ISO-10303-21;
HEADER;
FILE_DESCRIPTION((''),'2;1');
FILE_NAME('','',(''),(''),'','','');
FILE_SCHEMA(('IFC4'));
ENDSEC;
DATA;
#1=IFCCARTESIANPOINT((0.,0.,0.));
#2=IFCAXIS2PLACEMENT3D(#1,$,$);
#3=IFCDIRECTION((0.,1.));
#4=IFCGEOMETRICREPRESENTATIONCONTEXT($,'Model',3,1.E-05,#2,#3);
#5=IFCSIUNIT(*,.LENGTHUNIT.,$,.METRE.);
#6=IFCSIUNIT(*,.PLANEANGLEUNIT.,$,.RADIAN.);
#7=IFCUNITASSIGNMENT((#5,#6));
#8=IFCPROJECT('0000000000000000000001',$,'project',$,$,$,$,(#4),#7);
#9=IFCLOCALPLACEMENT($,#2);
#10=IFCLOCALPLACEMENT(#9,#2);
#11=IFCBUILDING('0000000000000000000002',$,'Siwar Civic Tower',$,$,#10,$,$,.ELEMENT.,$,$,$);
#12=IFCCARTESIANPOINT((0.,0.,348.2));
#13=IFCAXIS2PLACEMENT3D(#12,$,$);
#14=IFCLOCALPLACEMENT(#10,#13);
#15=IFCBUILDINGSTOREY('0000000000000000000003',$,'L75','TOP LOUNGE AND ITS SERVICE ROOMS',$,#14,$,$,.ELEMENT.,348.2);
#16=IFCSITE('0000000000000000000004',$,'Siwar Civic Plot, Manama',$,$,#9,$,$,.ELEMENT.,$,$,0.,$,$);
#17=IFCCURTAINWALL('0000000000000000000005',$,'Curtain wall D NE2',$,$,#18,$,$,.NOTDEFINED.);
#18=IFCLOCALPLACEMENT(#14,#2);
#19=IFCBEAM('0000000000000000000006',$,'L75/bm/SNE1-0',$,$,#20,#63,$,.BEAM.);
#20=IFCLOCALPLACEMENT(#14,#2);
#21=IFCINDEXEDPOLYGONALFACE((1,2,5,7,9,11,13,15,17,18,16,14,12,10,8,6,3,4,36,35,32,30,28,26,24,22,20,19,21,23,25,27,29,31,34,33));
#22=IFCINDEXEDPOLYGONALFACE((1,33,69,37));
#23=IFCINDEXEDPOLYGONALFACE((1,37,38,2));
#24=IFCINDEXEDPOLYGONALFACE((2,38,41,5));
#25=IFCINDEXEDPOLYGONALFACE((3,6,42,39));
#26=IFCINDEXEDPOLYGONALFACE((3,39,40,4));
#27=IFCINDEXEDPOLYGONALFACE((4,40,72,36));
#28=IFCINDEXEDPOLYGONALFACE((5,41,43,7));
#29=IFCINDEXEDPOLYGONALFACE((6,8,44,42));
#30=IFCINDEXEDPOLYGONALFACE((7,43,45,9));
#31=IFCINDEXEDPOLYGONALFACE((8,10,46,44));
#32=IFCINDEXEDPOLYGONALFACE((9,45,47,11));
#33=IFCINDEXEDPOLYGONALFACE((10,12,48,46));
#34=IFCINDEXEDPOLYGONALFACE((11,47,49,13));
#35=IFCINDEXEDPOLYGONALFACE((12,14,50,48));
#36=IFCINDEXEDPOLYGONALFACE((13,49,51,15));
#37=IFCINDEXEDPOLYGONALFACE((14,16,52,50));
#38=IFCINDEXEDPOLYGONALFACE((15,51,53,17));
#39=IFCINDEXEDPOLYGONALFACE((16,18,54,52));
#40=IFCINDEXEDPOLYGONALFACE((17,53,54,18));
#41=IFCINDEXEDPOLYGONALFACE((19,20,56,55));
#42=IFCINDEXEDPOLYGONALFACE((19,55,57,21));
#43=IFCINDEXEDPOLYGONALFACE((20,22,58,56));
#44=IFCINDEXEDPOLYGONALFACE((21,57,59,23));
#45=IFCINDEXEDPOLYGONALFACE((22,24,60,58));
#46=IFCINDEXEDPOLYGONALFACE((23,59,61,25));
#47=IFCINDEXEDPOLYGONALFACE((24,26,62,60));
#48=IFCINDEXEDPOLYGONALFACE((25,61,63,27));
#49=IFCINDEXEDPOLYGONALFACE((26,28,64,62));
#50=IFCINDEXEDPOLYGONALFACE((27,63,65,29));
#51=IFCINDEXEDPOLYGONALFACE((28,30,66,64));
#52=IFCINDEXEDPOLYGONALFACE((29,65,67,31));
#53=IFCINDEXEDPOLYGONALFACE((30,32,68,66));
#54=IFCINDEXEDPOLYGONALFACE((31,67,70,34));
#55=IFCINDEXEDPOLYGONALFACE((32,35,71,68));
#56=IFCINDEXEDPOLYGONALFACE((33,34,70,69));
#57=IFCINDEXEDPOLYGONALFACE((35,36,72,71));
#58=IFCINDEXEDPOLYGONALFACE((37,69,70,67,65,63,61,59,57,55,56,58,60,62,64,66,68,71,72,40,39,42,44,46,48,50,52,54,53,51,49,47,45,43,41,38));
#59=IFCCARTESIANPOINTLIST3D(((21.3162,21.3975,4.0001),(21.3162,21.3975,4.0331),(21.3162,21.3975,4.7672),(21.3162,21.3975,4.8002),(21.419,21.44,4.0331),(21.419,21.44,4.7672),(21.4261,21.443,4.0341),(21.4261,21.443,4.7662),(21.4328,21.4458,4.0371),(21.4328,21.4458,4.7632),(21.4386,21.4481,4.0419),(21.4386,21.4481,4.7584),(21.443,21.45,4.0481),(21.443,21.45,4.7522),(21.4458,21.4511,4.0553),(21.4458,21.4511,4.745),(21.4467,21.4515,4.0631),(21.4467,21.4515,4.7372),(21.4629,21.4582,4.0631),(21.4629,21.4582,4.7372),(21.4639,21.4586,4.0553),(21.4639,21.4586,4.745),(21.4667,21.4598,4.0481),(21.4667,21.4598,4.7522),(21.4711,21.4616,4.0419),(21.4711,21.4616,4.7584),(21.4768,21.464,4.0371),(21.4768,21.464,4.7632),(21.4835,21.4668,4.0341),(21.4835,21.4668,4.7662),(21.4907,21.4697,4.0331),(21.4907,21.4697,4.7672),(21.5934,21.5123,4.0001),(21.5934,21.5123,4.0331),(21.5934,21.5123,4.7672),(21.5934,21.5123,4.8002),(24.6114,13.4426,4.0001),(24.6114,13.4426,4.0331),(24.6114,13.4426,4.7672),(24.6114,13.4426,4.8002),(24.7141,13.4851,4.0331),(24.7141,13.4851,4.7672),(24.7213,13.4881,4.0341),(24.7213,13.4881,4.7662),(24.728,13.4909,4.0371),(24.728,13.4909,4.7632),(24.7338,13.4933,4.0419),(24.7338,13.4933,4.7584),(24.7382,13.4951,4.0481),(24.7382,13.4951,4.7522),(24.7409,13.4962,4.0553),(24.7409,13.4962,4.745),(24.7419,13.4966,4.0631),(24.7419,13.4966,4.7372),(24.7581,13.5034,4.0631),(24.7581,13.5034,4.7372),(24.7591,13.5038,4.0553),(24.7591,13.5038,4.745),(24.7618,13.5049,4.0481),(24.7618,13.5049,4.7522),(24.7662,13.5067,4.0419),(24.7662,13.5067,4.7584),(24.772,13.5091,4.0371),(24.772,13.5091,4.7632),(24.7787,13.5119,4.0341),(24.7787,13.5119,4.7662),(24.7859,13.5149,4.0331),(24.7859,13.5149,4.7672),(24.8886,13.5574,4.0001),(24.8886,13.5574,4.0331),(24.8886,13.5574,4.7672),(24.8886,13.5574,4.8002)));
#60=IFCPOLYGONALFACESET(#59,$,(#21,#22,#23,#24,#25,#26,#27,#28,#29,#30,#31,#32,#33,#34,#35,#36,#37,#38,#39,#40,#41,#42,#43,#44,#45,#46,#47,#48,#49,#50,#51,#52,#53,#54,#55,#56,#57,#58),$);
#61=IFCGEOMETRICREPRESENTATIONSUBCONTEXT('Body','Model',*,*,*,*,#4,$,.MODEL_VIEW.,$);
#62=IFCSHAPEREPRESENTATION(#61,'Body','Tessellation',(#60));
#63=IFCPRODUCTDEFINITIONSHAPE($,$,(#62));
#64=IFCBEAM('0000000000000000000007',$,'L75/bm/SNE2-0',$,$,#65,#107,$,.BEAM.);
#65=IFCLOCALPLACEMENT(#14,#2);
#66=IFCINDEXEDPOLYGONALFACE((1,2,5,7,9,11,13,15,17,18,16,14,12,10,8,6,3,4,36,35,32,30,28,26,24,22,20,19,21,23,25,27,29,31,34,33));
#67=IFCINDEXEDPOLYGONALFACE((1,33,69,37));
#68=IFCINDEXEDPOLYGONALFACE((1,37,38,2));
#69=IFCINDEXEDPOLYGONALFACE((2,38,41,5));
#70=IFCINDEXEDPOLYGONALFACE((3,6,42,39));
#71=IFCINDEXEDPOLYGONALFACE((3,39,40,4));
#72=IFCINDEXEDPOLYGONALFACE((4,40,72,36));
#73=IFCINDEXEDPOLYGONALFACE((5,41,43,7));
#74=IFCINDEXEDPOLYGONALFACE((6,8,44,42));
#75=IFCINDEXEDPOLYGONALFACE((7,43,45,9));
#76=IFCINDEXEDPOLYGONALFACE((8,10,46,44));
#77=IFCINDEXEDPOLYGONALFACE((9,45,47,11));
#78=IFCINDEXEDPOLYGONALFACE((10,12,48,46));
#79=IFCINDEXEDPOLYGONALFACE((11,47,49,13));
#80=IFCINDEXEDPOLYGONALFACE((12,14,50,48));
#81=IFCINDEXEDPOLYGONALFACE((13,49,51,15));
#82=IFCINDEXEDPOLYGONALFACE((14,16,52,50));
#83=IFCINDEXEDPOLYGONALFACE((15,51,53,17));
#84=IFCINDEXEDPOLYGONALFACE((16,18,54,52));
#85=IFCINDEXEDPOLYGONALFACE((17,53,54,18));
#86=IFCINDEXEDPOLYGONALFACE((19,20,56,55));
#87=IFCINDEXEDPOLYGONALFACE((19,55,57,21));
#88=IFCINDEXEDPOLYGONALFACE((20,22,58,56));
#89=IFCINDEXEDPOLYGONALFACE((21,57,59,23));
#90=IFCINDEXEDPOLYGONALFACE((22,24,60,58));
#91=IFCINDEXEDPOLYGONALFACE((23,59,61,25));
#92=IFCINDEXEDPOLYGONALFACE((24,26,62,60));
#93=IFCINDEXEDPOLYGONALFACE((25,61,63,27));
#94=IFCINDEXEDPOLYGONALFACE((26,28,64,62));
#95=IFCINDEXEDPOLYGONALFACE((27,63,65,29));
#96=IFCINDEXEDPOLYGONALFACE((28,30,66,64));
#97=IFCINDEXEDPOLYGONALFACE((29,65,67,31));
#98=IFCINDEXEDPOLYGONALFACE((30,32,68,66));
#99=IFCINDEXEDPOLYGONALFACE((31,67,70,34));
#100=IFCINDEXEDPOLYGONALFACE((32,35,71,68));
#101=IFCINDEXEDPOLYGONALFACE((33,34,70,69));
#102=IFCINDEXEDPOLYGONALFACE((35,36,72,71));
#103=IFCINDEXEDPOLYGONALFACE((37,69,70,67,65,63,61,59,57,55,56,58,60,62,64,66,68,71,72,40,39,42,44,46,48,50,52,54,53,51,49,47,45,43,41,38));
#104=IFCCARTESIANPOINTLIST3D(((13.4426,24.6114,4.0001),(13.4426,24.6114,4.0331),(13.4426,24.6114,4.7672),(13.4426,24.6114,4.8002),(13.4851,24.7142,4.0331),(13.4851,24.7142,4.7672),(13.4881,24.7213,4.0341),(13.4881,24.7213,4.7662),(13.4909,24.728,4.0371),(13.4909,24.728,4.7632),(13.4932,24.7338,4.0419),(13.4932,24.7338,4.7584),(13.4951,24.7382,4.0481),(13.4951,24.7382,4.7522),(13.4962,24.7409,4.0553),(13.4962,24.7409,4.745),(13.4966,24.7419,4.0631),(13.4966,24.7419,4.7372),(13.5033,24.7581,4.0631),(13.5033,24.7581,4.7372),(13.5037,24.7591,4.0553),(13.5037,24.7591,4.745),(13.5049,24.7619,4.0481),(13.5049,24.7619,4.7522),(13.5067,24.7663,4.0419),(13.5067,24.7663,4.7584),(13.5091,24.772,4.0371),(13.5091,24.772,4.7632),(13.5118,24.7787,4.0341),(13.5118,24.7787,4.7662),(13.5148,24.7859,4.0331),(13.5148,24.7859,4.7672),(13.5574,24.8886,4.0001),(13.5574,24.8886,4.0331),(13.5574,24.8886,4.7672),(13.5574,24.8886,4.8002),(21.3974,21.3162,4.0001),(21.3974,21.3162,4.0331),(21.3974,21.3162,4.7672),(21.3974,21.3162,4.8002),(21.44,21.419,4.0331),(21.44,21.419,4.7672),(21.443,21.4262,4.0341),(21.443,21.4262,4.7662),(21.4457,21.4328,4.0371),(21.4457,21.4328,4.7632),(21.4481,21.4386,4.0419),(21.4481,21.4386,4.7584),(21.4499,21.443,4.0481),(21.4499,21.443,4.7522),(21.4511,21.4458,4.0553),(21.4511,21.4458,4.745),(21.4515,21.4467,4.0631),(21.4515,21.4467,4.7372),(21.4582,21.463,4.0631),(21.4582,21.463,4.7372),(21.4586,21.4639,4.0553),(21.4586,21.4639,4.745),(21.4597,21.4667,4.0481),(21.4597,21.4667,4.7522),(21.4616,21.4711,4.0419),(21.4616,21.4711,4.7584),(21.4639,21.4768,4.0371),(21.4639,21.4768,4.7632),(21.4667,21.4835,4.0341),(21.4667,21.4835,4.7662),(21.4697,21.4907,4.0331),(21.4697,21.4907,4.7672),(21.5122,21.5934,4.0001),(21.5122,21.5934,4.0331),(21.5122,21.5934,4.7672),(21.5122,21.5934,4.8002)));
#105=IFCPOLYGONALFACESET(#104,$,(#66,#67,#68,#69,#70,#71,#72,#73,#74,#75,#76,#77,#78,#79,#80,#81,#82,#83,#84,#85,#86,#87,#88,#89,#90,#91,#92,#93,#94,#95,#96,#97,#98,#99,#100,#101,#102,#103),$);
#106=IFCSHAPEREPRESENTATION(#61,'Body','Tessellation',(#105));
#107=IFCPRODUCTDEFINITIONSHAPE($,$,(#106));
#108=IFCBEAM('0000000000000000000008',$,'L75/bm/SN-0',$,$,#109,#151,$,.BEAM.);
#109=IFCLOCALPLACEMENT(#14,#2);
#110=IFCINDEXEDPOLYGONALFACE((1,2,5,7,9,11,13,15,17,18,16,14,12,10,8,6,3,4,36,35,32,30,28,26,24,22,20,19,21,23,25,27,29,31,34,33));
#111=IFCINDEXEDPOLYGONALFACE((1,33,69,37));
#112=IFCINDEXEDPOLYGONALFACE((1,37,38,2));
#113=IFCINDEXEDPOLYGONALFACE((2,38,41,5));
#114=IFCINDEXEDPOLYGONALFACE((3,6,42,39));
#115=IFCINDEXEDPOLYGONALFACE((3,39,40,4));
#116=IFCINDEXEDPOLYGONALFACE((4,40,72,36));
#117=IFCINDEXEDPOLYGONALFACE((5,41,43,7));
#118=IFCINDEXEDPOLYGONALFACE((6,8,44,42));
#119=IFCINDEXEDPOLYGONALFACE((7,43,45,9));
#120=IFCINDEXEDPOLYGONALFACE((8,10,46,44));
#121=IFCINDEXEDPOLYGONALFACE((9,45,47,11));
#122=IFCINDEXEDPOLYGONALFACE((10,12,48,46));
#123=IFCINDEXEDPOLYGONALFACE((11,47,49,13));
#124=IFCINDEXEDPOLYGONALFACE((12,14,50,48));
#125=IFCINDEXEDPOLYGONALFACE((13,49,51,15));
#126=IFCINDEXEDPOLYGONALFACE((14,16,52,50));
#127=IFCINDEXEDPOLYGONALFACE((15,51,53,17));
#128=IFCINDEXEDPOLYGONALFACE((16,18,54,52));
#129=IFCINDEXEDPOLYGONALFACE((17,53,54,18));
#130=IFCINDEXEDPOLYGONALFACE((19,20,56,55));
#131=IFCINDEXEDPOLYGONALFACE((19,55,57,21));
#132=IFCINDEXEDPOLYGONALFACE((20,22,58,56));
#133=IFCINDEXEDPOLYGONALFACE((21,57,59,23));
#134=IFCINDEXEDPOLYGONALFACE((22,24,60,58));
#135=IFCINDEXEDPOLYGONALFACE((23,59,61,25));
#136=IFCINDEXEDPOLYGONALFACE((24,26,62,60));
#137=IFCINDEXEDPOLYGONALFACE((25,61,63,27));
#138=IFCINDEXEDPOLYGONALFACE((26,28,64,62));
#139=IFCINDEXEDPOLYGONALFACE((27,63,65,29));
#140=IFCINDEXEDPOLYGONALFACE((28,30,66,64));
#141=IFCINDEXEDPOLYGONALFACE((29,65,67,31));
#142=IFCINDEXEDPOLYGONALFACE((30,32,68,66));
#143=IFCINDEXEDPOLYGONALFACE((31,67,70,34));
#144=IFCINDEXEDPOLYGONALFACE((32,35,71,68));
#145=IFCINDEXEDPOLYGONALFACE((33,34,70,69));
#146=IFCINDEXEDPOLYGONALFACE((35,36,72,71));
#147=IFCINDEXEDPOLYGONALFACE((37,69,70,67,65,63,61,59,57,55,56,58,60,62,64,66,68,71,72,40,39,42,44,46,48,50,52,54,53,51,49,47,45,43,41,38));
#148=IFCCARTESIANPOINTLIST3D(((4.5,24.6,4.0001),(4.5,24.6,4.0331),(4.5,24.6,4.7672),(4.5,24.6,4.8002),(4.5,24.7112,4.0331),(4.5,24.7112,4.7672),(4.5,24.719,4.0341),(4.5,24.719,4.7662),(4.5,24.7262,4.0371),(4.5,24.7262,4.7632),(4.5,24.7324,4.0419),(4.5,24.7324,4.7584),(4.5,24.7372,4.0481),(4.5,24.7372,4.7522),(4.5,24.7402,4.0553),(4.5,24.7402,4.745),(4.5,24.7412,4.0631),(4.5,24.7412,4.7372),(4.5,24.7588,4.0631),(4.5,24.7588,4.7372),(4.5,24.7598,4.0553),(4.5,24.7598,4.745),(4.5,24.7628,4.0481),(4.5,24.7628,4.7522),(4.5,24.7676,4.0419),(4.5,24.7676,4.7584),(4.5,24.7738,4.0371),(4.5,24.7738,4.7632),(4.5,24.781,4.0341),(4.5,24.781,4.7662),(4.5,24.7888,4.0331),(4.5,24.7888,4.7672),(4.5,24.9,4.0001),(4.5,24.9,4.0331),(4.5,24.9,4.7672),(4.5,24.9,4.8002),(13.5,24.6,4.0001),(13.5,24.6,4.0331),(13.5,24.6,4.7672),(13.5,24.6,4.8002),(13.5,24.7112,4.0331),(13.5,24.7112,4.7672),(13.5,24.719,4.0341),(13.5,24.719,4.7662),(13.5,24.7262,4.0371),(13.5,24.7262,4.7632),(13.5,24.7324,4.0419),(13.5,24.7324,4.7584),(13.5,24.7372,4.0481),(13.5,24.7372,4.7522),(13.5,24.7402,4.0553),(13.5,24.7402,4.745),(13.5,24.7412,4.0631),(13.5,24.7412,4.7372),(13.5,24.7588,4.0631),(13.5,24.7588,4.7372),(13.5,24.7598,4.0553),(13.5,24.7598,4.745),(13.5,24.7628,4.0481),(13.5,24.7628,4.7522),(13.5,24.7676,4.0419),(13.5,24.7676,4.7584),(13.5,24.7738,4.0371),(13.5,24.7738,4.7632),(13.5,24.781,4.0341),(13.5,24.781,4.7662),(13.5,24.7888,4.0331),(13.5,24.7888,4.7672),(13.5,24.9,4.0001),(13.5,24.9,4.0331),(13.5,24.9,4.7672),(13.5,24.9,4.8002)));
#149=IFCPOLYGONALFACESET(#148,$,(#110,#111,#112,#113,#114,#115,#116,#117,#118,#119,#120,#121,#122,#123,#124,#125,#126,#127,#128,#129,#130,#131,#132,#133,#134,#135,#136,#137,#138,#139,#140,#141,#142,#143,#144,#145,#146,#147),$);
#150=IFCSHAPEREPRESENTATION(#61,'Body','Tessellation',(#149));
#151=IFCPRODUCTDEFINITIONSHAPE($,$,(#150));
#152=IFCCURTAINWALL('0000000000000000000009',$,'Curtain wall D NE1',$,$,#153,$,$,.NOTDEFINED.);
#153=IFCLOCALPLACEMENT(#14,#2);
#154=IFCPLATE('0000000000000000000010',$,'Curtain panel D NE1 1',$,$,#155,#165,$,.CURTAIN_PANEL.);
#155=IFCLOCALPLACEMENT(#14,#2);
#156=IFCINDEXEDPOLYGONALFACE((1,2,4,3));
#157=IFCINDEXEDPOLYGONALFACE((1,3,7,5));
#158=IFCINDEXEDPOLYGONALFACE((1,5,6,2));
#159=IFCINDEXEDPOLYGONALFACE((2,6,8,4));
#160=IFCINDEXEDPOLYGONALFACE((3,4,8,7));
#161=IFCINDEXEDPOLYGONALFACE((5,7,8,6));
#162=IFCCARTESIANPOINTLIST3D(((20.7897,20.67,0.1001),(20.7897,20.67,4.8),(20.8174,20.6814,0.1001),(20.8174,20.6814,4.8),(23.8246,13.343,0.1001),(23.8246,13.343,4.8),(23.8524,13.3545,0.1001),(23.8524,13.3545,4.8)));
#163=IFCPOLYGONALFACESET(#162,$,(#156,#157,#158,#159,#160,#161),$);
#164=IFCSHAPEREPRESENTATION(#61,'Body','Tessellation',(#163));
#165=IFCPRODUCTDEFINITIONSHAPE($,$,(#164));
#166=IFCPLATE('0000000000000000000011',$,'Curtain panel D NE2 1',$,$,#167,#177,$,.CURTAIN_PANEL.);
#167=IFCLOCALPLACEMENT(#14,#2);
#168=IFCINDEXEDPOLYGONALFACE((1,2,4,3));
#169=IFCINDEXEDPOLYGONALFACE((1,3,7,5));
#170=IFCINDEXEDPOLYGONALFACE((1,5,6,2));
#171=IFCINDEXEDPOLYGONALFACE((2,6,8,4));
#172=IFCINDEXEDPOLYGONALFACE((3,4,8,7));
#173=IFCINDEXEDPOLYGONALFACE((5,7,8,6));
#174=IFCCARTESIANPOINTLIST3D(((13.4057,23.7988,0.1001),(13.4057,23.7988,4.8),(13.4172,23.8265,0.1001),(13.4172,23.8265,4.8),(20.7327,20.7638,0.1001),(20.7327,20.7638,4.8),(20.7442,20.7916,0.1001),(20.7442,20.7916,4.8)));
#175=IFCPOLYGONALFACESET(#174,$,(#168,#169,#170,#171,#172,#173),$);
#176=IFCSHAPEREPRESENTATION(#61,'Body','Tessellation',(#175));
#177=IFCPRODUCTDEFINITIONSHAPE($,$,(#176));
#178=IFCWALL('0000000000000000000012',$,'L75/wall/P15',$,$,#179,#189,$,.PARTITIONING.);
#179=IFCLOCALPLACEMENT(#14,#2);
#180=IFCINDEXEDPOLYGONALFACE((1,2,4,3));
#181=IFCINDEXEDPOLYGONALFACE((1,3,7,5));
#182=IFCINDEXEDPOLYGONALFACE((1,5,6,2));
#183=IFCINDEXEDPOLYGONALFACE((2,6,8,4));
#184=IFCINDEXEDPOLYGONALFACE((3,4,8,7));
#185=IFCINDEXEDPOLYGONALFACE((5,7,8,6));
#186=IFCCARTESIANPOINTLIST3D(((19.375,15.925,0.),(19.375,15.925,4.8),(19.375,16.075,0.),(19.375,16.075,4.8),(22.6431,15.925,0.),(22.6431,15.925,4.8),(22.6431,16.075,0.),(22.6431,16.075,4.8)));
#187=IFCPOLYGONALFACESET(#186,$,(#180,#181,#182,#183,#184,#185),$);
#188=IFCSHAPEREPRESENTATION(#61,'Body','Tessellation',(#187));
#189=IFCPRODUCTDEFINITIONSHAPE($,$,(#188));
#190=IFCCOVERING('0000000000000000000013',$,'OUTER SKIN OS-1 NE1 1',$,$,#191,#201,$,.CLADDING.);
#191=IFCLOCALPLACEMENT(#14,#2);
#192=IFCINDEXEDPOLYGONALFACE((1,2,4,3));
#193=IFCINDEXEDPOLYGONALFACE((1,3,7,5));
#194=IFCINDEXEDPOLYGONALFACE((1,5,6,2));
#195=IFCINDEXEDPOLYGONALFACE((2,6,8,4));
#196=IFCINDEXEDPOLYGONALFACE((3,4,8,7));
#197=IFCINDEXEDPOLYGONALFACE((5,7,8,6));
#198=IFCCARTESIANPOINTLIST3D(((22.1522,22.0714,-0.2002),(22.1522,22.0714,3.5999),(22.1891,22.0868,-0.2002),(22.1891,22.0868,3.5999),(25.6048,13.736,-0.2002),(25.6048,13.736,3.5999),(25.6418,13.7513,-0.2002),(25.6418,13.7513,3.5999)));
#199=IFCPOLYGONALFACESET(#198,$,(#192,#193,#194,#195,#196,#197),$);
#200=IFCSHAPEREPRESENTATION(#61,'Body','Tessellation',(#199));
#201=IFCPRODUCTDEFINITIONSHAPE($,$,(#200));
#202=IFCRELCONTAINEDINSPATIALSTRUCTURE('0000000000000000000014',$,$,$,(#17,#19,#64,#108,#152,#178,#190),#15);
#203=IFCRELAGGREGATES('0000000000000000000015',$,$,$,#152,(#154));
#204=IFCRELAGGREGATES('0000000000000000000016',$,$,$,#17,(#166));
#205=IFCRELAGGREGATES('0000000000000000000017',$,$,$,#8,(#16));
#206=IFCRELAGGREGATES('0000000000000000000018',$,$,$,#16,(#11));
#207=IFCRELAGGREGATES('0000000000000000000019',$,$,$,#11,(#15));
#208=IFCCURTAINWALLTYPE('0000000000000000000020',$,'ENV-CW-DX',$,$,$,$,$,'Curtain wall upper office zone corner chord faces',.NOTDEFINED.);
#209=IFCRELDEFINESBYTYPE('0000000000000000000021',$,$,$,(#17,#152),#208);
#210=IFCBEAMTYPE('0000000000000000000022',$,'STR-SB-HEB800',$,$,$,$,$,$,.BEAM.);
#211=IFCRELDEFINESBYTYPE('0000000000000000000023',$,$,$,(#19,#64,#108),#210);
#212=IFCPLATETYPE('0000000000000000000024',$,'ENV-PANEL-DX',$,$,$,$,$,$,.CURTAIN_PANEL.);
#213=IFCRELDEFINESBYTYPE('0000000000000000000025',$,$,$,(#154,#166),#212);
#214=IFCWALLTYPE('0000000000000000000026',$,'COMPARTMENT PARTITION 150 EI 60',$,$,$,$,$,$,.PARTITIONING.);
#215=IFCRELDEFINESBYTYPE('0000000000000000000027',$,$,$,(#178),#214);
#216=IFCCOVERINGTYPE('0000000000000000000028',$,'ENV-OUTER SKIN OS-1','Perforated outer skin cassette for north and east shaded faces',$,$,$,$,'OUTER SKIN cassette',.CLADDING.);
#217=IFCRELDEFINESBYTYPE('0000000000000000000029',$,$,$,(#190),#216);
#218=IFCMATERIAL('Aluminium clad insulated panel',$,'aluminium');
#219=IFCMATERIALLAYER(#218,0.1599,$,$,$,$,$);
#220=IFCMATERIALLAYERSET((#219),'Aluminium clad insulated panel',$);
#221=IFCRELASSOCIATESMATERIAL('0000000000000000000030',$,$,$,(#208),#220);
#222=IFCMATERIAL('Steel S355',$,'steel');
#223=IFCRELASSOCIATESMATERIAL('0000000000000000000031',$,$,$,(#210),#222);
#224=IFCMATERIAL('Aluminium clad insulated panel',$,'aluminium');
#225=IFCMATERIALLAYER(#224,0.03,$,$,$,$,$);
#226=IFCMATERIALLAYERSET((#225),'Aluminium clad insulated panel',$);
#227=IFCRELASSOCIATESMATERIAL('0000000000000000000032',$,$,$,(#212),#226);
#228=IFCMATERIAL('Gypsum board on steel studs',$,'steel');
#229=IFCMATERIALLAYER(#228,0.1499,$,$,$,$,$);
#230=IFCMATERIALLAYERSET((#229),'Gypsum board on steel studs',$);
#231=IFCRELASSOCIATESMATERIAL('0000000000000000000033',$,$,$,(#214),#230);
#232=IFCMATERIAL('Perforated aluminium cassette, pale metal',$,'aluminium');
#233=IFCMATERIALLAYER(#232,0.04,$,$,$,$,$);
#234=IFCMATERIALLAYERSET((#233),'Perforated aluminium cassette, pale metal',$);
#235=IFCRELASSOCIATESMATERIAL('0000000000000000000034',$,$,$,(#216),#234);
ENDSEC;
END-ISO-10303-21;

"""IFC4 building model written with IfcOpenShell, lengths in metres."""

from ifc_helpers import new_model, si_unit, direction, frame, frame_2d, origin, origin_2d, place, context, subcontext, project, spatial, rectangle, i_section, extrude, material, layer, layer_set, material_profile, profile_set, type_object, element, aggregate, save


model = new_model("IFC4")

# Units and contexts
model_context = context("Model", 3, precision=1e-05, world=origin(), true_north=direction((0.0, 1.0)))
body_context = subcontext(model_context, "Body", "Model", "MODEL_VIEW")
ifc_project = project(units=[si_unit("LENGTHUNIT", "METRE"), si_unit("PLANEANGLEUNIT", "RADIAN")], contexts=[model_context])

# Site, building, storey
site_placement = place(None, origin())
site = spatial("IfcSite", under=ifc_project, at=site_placement, Name="Siwar Civic Plot, Manama", CompositionType="ELEMENT", RefElevation=0.0)
building_placement = place(site_placement, origin())
building = spatial("IfcBuilding", under=site, at=building_placement, Name="Siwar Civic Tower", CompositionType="ELEMENT")
storey_placement = place(building_placement, frame((0.0, 0.0, 348.2)))
storey = spatial("IfcBuildingStorey", under=building, at=storey_placement, Name="L75", Description="TOP LOUNGE AND ITS SERVICE ROOMS", CompositionType="ELEMENT", Elevation=348.2)

# Curtain wall
ifc_material_1 = material(Name="Aluminium clad insulated panel", Category="aluminium")
ifc_layer_1 = layer(ifc_material_1, 0.1599)
ifc_layer_set_1 = layer_set([ifc_layer_1], Name="Aluminium clad insulated panel")
curtain_wall_type = type_object("IfcCurtainWallType", Name="ENV-CW-DX", ElementType="Curtain wall upper office zone corner chord faces", PredefinedType="NOTDEFINED", material=ifc_layer_set_1)
curtain_wall_1_placement = place(storey_placement, origin())
curtain_wall_1 = element("IfcCurtainWall", 1, at=curtain_wall_1_placement, inside=storey, type_object=curtain_wall_type, Name="Curtain wall D NE2", PredefinedType="NOTDEFINED")

# Beams
ifc_material_2 = material(Name="Steel S355", Category="steel")
ifc_material_profile_1 = material_profile(ifc_material_2, i_section(OverallWidth=0.3, OverallDepth=0.8, WebThickness=0.0176, FlangeThickness=0.033, FilletRadius=0.03, at=origin_2d()), Name="HEB800")
ifc_profile_set_1 = profile_set([ifc_material_profile_1], Name="Steel S355")
beam_type_1 = type_object("IfcBeamType", Name="STR-SB-HEB800", PredefinedType="BEAM", material=ifc_profile_set_1)
for number, where, z_axis, x_axis, name in (
    (2, (24.75, 13.5, 4.4001), (-0.3827, 0.923873, 0.0), (-0.923873, -0.3827, 0.0), "L75/bm/SNE1-0"),
    (3, (21.4548, 21.4548, 4.4001), (-0.923873, 0.3827, 0.0), (-0.3827, -0.923873, 0.0), "L75/bm/SNE2-0"),
):
    element("IfcBeam", number, at=place(storey_placement, frame(where, z_axis=z_axis, x_axis=x_axis)), inside=storey, type_object=beam_type_1, Name=name, PredefinedType="BEAM", context=body_context, shape_type="SweptSolid", body=[
        extrude(i_section(OverallWidth=0.3, OverallDepth=0.8, WebThickness=0.0176, FlangeThickness=0.033, FilletRadius=0.03, at=origin_2d()), origin(), (0.0, 0.0, 1.0), 8.6104),
    ])
beam_1_placement = place(storey_placement, frame((13.5, 24.75, 4.4001), z_axis=(-1.0, 0.0, 0.0), x_axis=(0.0, -1.0, 0.0)))
element("IfcBeam", 4, at=beam_1_placement, inside=storey, type_object=beam_type_1, Name="L75/bm/SN-0", PredefinedType="BEAM", context=body_context, shape_type="SweptSolid", body=[
    extrude(i_section(OverallWidth=0.3, OverallDepth=0.8, WebThickness=0.0176, FlangeThickness=0.033, FilletRadius=0.03, at=origin_2d()), origin(), (0.0, 0.0, 1.0), 9.0),
])

# Curtain wall, plate
curtain_wall_2_placement = place(storey_placement, origin())
curtain_wall_2 = element("IfcCurtainWall", 5, at=curtain_wall_2_placement, inside=storey, type_object=curtain_wall_type, Name="Curtain wall D NE1", PredefinedType="NOTDEFINED")
ifc_material_3 = material(Name="Aluminium clad insulated panel", Category="aluminium")
ifc_layer_2 = layer(ifc_material_3, 0.03)
ifc_layer_set_2 = layer_set([ifc_layer_2], Name="Aluminium clad insulated panel")
plate_type = type_object("IfcPlateType", Name="ENV-PANEL-DX", PredefinedType="CURTAIN_PANEL", material=ifc_layer_set_2)
plate_1_placement = place(storey_placement, frame((22.321, 17.0122, 0.1001), z_axis=(0.0, 0.0, 1.0), x_axis=(-0.382683, 0.92388, 0.0)))
plate_1 = element("IfcPlate", 6, at=plate_1_placement, type_object=plate_type, Name="Curtain panel D NE1 1", PredefinedType="CURTAIN_PANEL", context=body_context, shape_type="SweptSolid", body=[
    extrude(rectangle(XDim=7.9307, YDim=0.03, at=origin_2d()), origin(), (0.0, 0.0, 1.0), 4.7),
])
aggregate(curtain_wall_2, [plate_1])

# Plate
plate_2_placement = place(storey_placement, frame((17.075, 22.2952, 0.1001), z_axis=(0.0, 0.0, 1.0), x_axis=(-0.92388, 0.382683, 0.0)))
plate_2 = element("IfcPlate", 7, at=plate_2_placement, type_object=plate_type, Name="Curtain panel D NE2 1", PredefinedType="CURTAIN_PANEL", context=body_context, shape_type="SweptSolid", body=[
    extrude(rectangle(XDim=7.9307, YDim=0.03, at=origin_2d()), origin(), (0.0, 0.0, 1.0), 4.7),
])
aggregate(curtain_wall_1, [plate_2])

# Wall
ifc_material_4 = material(Name="Gypsum board on steel studs", Category="steel")
ifc_layer_3 = layer(ifc_material_4, 0.1499)
ifc_layer_set_3 = layer_set([ifc_layer_3], Name="Gypsum board on steel studs")
wall_type = type_object("IfcWallType", Name="COMPARTMENT PARTITION 150 EI 60", PredefinedType="PARTITIONING", material=ifc_layer_set_3)
wall_placement = place(storey_placement, frame((19.375, 16.0, 0.0), z_axis=(0.0, 0.0, 1.0), x_axis=(1.0, 0.0, 0.0)))
element("IfcWall", 8, at=wall_placement, inside=storey, type_object=wall_type, Name="L75/wall/P15", PredefinedType="PARTITIONING", context=body_context, shape_type="SweptSolid", body=[
    extrude(rectangle(XDim=3.2681, YDim=0.1499, at=frame_2d((1.634, 0.0))), origin(), (0.0, 0.0, 1.0), 4.8),
])

# Covering
ifc_material_5 = material(Name="Perforated aluminium cassette, pale metal", Category="aluminium")
ifc_layer_4 = layer(ifc_material_5, 0.04)
ifc_layer_set_4 = layer_set([ifc_layer_4], Name="Perforated aluminium cassette, pale metal")
covering_type = type_object("IfcCoveringType", Name="ENV-OUTER SKIN OS-1", Description="Perforated outer skin cassette for north and east shaded faces", ElementType="OUTER SKIN cassette", PredefinedType="CLADDING", material=ifc_layer_set_4)
for number, where, z_axis, x_axis, name in (
    (9, (23.897, 17.9114, -0.2002), (0.0, 0.0, 1.0), (-0.382683, 0.92388, 0.0), "OUTER SKIN OS-1 NE1 1"),
):
    element("IfcCovering", number, at=place(storey_placement, frame(where, z_axis=z_axis, x_axis=x_axis)), inside=storey, type_object=covering_type, Name=name, PredefinedType="CLADDING", context=body_context, shape_type="SweptSolid", body=[
        extrude(rectangle(XDim=9.0222, YDim=0.04, at=origin_2d()), origin(), (0.0, 0.0, 1.0), 3.8),
    ])

save(model, "model.ifc")
